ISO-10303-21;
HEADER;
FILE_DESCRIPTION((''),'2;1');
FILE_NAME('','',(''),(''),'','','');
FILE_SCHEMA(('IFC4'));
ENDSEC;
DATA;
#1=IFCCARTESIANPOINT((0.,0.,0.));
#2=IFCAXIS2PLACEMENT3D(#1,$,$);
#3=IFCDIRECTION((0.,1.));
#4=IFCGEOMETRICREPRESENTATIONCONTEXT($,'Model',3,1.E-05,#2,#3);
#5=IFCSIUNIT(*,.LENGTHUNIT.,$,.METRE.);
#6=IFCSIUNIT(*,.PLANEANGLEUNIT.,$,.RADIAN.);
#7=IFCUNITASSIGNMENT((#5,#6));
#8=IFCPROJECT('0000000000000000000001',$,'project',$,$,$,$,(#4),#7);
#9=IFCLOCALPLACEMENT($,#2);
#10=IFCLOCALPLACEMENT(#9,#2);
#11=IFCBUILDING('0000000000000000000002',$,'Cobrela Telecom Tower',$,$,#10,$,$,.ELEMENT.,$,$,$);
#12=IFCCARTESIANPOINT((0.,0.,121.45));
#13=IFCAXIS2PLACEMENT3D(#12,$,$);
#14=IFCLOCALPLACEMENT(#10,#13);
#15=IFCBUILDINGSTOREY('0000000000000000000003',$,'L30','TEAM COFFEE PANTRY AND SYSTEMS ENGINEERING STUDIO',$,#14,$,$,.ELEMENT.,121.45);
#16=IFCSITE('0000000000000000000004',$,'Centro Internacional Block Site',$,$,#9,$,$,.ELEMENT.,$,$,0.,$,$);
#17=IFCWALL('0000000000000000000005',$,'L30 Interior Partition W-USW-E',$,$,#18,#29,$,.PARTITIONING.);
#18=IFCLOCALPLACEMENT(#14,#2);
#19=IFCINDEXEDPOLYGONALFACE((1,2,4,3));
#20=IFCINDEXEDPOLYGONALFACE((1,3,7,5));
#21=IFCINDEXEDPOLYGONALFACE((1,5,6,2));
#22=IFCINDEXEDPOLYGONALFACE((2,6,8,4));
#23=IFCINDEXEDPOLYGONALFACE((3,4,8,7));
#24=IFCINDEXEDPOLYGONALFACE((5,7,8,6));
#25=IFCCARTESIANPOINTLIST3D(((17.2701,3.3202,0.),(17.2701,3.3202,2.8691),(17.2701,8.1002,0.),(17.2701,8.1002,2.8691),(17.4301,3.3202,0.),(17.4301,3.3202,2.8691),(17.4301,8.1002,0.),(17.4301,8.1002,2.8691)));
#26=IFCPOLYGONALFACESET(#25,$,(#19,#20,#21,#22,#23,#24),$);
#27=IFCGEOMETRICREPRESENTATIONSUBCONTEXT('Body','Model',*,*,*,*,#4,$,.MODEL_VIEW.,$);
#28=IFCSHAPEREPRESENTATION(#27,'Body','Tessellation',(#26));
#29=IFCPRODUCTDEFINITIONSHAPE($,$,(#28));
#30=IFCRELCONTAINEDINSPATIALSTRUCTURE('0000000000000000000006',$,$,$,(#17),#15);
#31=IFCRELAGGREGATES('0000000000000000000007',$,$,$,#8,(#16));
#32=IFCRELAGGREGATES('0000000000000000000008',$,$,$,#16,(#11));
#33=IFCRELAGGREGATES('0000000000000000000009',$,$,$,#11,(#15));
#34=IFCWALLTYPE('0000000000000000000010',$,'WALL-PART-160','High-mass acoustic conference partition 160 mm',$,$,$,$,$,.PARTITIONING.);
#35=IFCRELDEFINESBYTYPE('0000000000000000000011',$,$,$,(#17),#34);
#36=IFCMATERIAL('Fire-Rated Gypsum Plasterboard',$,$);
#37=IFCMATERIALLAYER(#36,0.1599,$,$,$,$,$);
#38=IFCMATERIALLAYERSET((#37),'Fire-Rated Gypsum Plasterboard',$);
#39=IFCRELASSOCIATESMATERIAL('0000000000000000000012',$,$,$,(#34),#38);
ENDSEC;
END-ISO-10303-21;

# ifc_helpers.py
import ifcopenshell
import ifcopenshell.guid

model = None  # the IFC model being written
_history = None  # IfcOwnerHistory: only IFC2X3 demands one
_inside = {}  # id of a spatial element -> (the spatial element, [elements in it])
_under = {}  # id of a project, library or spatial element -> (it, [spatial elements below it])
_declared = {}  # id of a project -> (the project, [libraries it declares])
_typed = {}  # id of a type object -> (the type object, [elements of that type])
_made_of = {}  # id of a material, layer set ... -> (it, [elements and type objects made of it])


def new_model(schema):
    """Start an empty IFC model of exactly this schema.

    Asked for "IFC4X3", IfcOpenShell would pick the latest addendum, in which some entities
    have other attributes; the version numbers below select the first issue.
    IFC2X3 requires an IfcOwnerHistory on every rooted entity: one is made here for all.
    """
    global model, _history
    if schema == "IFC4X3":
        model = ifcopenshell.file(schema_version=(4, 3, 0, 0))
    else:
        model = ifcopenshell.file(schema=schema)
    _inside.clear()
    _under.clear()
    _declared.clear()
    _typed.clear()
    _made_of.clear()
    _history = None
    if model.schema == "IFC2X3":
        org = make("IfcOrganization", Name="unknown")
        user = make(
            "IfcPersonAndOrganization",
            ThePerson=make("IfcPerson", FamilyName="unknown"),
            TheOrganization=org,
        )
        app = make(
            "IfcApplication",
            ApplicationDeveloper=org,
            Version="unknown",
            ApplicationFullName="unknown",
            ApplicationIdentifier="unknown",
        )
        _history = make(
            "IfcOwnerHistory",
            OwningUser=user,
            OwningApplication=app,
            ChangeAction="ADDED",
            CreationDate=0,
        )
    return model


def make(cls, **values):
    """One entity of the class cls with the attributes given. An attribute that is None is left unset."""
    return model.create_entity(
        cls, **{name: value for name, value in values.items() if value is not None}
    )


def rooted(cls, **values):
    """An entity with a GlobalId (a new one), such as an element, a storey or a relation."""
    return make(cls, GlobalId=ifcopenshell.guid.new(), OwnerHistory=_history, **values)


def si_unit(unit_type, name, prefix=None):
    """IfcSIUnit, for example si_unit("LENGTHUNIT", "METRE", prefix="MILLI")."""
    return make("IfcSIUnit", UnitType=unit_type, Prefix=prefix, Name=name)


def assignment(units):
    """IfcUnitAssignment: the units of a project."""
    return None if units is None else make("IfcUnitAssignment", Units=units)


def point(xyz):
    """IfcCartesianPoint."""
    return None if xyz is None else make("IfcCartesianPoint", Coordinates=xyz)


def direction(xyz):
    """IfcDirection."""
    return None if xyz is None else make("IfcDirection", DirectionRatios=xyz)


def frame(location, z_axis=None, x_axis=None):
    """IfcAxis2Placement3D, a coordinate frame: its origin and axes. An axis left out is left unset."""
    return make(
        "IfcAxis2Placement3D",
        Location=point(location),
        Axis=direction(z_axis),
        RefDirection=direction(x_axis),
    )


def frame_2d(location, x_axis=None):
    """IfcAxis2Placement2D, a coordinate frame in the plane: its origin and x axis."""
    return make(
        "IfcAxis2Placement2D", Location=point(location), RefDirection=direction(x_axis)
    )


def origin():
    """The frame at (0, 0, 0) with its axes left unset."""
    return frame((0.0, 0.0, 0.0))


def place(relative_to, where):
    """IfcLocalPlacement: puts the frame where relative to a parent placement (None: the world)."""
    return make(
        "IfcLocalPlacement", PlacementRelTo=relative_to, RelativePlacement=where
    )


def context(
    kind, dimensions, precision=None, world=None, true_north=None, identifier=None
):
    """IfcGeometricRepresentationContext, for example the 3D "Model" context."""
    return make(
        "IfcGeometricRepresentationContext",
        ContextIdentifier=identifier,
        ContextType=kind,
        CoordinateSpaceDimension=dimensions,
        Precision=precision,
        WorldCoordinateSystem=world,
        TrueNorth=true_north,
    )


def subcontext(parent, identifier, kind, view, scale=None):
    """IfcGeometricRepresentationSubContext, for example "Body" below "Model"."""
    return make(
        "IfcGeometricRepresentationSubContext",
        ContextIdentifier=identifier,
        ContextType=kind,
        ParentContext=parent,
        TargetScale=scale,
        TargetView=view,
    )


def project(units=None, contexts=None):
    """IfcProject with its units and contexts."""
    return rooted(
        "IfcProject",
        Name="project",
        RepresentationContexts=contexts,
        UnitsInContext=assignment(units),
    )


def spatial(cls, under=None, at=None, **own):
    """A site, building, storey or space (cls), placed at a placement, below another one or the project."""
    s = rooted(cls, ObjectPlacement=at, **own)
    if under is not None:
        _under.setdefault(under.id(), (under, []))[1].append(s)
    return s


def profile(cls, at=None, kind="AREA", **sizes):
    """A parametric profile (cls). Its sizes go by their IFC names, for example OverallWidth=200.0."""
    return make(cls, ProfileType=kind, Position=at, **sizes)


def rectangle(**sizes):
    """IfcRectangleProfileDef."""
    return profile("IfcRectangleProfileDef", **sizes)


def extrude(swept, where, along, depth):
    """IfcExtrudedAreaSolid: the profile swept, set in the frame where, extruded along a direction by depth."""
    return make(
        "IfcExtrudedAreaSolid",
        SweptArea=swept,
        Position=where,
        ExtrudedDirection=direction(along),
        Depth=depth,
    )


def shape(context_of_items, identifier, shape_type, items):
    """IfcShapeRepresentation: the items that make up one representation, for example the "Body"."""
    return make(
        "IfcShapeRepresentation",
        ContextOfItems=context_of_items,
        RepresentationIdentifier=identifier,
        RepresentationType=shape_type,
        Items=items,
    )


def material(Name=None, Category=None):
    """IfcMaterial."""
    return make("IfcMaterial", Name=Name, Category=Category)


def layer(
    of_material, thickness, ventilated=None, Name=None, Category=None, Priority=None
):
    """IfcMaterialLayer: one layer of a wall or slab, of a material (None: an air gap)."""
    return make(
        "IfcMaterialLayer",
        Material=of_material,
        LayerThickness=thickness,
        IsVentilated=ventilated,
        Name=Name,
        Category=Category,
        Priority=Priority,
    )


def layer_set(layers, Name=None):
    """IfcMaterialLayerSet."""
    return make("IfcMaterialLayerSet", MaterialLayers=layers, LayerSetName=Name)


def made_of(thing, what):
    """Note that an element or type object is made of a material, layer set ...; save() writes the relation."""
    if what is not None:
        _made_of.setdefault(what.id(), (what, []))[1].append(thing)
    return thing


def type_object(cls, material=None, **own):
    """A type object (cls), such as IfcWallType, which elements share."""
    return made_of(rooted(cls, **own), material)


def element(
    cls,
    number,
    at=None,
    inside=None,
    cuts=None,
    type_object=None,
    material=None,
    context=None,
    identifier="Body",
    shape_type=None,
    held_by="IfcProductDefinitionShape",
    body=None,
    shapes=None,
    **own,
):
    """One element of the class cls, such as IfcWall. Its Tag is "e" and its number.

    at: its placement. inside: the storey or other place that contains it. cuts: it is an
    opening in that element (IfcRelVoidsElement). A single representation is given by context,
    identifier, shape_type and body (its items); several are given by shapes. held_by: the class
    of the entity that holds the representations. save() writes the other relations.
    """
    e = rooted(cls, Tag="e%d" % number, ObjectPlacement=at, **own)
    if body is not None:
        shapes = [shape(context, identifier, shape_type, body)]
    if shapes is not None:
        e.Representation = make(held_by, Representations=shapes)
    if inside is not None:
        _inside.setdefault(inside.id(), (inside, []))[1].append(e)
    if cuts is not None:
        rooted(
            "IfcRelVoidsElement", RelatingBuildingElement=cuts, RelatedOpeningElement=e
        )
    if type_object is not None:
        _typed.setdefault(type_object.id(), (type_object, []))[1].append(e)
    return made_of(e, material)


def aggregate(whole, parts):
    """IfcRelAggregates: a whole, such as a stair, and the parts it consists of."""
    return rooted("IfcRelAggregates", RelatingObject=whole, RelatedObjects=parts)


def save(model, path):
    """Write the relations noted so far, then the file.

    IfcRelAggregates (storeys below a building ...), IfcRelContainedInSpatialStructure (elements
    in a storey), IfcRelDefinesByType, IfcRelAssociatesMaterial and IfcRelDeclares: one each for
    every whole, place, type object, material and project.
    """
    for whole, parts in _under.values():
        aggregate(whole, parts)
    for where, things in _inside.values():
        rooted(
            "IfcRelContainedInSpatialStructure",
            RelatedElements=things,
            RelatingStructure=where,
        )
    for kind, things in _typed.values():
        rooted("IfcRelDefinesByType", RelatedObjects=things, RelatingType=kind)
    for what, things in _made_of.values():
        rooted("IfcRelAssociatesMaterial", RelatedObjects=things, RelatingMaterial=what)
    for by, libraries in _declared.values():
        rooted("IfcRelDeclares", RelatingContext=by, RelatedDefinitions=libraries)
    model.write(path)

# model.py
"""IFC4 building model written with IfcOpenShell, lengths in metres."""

from ifc_helpers import new_model, si_unit, direction, frame, frame_2d, origin, place, context, subcontext, project, spatial, rectangle, extrude, material, layer, layer_set, type_object, element, save


model = new_model("IFC4")

# Units and contexts
model_context = context("Model", 3, precision=1e-05, world=origin(), true_north=direction((0.0, 1.0)))
body_context = subcontext(model_context, "Body", "Model", "MODEL_VIEW")
ifc_project = project(units=[si_unit("LENGTHUNIT", "METRE"), si_unit("PLANEANGLEUNIT", "RADIAN")], contexts=[model_context])

# Site, building, storey
site_placement = place(None, origin())
site = spatial("IfcSite", under=ifc_project, at=site_placement, Name="Centro Internacional Block Site", CompositionType="ELEMENT", RefElevation=0.0)
building_placement = place(site_placement, origin())
building = spatial("IfcBuilding", under=site, at=building_placement, Name="Cobrela Telecom Tower", CompositionType="ELEMENT")
storey_placement = place(building_placement, frame((0.0, 0.0, 121.45)))
storey = spatial("IfcBuildingStorey", under=building, at=storey_placement, Name="L30", Description="TEAM COFFEE PANTRY AND SYSTEMS ENGINEERING STUDIO", CompositionType="ELEMENT", Elevation=121.45)

# Shared definitions
ifc_material_1 = material(Name="Fire-Rated Gypsum Plasterboard")

# Shared definitions
ifc_layer_1 = layer(ifc_material_1, 0.1599)
ifc_layer_set_1 = layer_set([ifc_layer_1], Name="Fire-Rated Gypsum Plasterboard")
wall_type_1 = type_object("IfcWallType", Name="WALL-PART-160", Description="High-mass acoustic conference partition 160 mm", PredefinedType="PARTITIONING", material=ifc_layer_set_1)

# Wall
wall_1_placement = place(storey_placement, frame((17.3501, 3.3201, 0.0), z_axis=(0.0, 0.0, 1.0), x_axis=(0.0, 1.0, 0.0)))
element("IfcWall", 1, at=wall_1_placement, inside=storey, type_object=wall_type_1, Name="L30 Interior Partition W-USW-E", PredefinedType="PARTITIONING", context=body_context, shape_type="SweptSolid", body=[
    extrude(rectangle(XDim=4.78, YDim=0.1599, at=frame_2d((2.3901, 0.0))), origin(), (0.0, 0.0, 1.0), 2.8691),
])

save(model, "model.ifc")
